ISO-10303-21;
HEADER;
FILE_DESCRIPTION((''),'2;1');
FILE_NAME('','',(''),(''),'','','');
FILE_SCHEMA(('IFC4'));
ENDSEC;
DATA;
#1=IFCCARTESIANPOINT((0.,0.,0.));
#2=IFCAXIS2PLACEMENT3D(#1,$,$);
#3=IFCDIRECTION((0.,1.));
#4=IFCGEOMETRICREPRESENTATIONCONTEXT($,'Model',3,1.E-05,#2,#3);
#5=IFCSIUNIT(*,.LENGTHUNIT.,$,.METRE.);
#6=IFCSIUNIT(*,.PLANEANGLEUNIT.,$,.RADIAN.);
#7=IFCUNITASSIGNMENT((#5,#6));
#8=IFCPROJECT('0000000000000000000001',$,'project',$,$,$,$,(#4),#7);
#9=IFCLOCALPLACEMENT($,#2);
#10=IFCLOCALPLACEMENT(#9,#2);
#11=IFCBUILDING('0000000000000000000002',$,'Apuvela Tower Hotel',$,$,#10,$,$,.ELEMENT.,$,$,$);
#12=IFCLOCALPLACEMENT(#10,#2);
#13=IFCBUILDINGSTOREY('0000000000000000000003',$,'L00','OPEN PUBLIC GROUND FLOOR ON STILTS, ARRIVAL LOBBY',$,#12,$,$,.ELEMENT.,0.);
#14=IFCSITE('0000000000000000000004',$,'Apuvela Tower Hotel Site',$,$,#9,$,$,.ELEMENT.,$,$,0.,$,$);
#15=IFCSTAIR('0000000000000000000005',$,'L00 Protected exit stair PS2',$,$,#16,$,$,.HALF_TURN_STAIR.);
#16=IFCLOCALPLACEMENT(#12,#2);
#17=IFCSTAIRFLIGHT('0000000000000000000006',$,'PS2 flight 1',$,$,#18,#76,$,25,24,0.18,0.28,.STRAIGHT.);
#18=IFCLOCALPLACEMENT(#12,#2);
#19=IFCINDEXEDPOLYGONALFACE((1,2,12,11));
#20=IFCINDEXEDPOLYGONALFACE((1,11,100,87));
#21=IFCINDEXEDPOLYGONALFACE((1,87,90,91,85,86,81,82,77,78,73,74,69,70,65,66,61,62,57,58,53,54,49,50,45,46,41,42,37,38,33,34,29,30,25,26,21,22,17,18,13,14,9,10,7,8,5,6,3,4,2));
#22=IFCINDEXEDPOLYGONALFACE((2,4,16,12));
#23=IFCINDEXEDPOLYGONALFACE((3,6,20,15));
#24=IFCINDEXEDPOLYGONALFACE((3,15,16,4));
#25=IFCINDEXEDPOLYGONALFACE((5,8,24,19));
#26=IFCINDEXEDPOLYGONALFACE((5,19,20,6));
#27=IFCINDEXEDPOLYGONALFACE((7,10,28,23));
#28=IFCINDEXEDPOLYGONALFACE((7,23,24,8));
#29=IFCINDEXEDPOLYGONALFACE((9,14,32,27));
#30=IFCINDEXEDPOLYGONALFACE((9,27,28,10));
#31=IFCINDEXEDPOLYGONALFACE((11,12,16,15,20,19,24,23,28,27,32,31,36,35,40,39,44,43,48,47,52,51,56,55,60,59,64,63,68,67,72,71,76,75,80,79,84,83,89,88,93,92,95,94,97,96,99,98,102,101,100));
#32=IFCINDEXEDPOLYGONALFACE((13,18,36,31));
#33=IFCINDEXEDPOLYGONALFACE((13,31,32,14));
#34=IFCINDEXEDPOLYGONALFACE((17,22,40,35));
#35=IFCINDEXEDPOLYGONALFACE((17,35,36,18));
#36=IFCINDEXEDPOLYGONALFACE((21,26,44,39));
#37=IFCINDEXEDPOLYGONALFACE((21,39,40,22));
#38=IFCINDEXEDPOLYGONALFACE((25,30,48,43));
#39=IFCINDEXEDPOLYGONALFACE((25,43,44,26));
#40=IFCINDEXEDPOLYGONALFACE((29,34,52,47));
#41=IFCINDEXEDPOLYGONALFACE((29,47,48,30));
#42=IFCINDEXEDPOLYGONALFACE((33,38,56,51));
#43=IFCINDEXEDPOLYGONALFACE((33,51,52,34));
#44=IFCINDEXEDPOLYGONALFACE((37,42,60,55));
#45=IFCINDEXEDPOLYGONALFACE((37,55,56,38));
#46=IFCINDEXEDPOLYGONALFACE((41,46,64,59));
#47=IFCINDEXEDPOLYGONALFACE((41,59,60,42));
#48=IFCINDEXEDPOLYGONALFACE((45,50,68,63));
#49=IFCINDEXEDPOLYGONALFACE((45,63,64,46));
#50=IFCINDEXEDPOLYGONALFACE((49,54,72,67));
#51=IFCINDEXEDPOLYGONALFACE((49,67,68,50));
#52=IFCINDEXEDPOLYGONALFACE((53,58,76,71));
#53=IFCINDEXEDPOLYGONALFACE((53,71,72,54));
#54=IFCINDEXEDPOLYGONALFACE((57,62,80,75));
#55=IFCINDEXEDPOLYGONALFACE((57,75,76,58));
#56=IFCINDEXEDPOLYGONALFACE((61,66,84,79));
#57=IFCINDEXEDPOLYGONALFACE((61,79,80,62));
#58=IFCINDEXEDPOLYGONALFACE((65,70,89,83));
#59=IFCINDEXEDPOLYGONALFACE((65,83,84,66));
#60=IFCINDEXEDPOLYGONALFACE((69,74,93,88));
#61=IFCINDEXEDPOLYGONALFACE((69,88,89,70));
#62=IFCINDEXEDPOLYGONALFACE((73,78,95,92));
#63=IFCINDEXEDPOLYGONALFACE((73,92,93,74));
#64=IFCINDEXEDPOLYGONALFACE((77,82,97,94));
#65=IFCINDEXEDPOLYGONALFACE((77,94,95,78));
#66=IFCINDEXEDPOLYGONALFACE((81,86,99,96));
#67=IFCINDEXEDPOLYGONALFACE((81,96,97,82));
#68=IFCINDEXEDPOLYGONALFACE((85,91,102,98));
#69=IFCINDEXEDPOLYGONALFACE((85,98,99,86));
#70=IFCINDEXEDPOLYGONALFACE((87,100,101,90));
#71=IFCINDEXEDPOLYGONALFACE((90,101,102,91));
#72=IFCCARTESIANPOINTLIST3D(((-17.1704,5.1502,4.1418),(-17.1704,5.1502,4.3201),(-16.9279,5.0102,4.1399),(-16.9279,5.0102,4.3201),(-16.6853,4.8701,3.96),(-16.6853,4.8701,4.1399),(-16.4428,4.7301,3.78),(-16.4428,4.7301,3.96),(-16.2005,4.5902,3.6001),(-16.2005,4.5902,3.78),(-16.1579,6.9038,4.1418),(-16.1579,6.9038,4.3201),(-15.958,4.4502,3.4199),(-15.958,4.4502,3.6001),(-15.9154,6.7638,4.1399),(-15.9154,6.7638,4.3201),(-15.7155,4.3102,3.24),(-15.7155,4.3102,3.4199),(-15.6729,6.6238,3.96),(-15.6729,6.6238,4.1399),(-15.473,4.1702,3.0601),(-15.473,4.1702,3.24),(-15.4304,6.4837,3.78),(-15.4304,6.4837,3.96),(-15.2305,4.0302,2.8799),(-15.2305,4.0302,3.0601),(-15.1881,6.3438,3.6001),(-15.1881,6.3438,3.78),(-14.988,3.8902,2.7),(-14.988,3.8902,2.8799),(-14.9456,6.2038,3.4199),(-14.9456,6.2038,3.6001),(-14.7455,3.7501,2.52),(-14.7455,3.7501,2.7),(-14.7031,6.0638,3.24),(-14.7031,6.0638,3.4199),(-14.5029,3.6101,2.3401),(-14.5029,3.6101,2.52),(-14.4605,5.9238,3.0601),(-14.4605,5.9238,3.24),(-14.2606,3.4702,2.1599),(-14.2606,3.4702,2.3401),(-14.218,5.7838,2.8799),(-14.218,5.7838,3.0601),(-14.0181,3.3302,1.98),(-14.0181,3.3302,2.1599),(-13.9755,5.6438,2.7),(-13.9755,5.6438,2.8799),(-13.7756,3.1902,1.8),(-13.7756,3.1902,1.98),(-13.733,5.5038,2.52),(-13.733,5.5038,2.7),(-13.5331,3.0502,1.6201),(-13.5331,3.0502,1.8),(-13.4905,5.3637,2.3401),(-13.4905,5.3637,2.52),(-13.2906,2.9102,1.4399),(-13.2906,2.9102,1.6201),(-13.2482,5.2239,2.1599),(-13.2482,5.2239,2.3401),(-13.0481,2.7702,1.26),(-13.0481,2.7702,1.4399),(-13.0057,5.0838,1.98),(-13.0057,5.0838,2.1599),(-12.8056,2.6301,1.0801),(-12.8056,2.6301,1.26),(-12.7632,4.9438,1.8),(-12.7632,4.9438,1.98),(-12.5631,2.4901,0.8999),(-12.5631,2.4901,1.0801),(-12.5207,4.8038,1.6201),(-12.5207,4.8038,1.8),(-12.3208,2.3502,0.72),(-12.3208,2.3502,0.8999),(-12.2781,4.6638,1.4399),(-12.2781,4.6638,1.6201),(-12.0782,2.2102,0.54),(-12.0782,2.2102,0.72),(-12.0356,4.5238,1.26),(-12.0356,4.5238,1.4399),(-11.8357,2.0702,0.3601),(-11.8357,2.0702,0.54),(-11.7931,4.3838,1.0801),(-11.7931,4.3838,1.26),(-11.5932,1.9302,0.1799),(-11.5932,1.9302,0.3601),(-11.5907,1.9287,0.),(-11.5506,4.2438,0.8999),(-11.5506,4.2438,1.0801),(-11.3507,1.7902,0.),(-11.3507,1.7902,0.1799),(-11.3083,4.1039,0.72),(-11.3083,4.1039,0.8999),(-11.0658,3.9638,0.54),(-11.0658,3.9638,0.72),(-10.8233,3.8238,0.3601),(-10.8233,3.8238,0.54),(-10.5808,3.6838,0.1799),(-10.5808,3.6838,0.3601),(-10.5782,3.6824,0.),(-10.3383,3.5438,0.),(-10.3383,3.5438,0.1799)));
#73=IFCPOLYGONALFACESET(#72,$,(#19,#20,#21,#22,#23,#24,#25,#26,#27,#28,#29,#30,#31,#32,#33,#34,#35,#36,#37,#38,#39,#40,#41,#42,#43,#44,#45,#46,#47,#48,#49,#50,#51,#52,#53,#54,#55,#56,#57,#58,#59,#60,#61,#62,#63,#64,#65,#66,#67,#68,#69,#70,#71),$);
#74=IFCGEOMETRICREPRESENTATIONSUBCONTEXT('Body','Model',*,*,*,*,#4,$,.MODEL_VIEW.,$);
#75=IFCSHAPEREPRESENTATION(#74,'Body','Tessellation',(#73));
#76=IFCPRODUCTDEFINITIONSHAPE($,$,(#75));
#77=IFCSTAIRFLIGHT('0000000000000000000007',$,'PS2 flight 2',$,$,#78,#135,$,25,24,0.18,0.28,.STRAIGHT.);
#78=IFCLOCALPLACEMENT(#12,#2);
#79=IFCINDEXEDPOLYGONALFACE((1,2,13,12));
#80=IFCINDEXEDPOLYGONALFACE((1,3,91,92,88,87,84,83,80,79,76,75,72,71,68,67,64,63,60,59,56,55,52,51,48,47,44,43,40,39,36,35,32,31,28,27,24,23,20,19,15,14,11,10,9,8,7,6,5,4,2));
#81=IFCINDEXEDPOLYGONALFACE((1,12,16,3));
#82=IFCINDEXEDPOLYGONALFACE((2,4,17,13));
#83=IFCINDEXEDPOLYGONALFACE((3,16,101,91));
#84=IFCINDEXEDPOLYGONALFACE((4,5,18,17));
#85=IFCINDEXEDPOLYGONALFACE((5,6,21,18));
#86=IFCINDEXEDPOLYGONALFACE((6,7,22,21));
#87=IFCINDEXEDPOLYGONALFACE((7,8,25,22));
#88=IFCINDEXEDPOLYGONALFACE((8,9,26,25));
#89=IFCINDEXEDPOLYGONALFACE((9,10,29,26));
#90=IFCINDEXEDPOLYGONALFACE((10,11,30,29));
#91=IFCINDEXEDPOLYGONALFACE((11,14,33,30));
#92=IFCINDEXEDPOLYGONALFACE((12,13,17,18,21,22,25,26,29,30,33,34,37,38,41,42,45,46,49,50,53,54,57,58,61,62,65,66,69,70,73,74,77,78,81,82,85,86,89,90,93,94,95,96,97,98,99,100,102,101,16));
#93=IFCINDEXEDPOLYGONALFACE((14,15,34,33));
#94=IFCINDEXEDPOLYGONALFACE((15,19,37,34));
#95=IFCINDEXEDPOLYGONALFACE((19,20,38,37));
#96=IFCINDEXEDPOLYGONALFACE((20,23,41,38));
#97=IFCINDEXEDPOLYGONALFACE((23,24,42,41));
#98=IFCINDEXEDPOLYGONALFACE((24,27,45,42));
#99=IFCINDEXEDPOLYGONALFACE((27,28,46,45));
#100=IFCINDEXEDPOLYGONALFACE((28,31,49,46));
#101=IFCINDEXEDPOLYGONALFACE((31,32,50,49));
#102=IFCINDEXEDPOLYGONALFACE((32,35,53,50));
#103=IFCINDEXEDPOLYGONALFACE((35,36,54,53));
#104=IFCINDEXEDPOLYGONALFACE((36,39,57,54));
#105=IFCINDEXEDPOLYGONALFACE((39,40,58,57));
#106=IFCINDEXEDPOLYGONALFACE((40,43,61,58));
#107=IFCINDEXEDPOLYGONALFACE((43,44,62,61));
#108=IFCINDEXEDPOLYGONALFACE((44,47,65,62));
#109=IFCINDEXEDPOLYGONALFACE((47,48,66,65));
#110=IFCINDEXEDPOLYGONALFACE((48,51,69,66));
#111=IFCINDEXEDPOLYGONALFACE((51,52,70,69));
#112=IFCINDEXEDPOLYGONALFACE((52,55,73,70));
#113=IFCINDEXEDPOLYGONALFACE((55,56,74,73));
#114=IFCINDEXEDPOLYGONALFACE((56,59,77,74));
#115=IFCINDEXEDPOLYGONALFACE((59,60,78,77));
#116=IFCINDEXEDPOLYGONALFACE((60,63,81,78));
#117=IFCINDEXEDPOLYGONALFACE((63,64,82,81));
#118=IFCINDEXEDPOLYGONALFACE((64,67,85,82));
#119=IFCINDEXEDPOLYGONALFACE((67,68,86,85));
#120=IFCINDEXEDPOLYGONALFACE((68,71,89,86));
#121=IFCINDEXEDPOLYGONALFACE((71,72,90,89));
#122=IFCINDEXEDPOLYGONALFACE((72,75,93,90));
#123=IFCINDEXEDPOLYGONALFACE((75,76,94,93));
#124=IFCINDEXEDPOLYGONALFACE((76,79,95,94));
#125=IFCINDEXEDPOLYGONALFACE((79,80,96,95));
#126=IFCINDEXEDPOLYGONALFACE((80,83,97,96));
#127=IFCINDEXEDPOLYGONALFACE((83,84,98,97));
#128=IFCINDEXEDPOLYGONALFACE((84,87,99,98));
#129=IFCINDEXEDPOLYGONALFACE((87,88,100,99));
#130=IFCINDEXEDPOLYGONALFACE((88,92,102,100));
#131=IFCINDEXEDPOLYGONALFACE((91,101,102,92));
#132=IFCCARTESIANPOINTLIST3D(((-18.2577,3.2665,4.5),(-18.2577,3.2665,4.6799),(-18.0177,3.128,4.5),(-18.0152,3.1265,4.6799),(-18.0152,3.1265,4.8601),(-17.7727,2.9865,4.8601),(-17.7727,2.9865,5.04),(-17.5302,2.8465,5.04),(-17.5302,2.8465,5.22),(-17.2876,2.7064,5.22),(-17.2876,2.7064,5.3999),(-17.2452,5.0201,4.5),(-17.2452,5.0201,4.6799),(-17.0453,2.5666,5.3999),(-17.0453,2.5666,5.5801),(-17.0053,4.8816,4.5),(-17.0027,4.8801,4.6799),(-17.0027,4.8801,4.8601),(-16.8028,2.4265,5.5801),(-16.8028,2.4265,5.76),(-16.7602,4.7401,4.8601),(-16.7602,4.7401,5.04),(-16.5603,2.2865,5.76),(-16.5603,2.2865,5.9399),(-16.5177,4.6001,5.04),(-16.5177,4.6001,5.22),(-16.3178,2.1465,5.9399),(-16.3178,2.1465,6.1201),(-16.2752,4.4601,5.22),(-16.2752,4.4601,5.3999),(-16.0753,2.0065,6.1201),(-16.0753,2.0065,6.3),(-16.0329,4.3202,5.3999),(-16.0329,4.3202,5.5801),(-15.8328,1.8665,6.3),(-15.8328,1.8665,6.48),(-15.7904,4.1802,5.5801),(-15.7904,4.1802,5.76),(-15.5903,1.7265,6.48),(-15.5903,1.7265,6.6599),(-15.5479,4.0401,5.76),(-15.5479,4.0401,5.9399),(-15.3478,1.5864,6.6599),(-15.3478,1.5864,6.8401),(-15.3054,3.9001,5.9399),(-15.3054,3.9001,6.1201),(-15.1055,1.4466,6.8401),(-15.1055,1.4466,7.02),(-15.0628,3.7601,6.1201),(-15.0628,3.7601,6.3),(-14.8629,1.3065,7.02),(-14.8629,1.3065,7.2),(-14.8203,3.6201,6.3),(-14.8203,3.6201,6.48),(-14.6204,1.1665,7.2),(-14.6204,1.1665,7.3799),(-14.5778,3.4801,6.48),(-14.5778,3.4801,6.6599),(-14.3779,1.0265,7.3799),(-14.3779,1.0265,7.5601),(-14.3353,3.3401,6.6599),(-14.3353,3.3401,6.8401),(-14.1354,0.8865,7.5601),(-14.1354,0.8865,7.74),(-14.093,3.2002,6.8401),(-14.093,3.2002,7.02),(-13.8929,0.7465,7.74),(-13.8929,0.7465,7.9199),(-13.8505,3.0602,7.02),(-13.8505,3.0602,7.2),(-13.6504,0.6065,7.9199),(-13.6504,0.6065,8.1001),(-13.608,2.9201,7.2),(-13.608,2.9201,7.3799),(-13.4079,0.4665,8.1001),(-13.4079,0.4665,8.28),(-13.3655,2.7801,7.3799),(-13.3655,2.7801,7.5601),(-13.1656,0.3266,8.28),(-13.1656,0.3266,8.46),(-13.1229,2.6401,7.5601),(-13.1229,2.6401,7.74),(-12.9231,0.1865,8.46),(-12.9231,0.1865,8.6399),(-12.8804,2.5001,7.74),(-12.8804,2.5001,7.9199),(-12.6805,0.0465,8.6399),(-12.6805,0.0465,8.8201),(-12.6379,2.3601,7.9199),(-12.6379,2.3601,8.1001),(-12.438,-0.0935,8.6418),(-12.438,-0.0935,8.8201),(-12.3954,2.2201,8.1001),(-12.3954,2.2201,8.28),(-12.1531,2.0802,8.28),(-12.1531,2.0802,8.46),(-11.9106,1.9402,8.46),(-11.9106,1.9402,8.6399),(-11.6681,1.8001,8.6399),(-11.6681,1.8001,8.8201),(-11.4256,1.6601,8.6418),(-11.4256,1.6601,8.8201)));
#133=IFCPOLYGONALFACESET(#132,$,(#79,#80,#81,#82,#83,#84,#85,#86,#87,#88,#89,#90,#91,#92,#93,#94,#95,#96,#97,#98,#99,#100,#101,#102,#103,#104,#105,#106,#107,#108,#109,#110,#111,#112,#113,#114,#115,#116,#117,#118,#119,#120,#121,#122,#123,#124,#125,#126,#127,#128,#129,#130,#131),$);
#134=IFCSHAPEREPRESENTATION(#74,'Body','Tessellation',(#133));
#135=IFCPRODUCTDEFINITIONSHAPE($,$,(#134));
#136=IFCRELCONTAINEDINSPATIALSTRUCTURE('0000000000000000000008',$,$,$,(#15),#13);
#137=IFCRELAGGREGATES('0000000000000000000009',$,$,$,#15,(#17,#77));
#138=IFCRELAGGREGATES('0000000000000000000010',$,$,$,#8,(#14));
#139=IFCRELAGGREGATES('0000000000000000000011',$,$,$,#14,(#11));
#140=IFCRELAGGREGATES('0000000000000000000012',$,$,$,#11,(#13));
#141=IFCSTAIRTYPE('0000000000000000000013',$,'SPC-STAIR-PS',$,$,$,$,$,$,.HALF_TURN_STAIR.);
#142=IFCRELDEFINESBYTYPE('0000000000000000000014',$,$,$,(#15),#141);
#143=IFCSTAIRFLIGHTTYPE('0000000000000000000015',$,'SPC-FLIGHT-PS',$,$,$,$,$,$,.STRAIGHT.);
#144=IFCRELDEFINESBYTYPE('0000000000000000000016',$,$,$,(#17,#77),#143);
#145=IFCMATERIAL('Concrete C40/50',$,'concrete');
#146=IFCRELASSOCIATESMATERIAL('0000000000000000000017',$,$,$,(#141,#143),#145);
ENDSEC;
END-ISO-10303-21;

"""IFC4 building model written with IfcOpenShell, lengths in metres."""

from ifc_helpers import new_model, si_unit, direction, frame, origin, place, context, subcontext, project, spatial, polyline, outline, extrude, material, type_object, element, aggregate, save


model = new_model("IFC4")

# Units and contexts
model_context = context("Model", 3, precision=1e-05, world=origin(), true_north=direction((0.0, 1.0)))
body_context = subcontext(model_context, "Body", "Model", "MODEL_VIEW")
ifc_project = project(units=[si_unit("LENGTHUNIT", "METRE"), si_unit("PLANEANGLEUNIT", "RADIAN")], contexts=[model_context])

# Site, building, storey
site_placement = place(None, origin())
site = spatial("IfcSite", under=ifc_project, at=site_placement, Name="Apuvela Tower Hotel Site", CompositionType="ELEMENT", RefElevation=0.0)
building_placement = place(site_placement, origin())
building = spatial("IfcBuilding", under=site, at=building_placement, Name="Apuvela Tower Hotel", CompositionType="ELEMENT")
storey_placement = place(building_placement, origin())
storey = spatial("IfcBuildingStorey", under=building, at=storey_placement, Name="L00", Description="OPEN PUBLIC GROUND FLOOR ON STILTS, ARRIVAL LOBBY", CompositionType="ELEMENT", Elevation=0.0)

# Shared definitions
ifc_material_1 = material(Name="Concrete C40/50", Category="concrete")

# Stair
stair_type_1 = type_object("IfcStairType", Name="SPC-STAIR-PS", PredefinedType="HALF_TURN_STAIR", material=ifc_material_1)
stair_1_placement = place(storey_placement, origin())
stair_1 = element("IfcStair", 1, at=stair_1_placement, inside=storey, type_object=stair_type_1, Name="L00 Protected exit stair PS2", PredefinedType="HALF_TURN_STAIR")

# Stair flights
stair_flight_type = type_object("IfcStairFlightType", Name="SPC-FLIGHT-PS", PredefinedType="STRAIGHT", material=ifc_material_1)
stair_flight_1_placement = place(storey_placement, frame((-10.8445, 2.667, 0.0), z_axis=(0.0, 0.0, 1.0), x_axis=(-0.866025, 0.5, 0.0)))
stair_flight_1 = element("IfcStairFlight", 2, at=stair_flight_1_placement, type_object=stair_flight_type, Name="PS2 flight 1", NumberOfRisers=25, NumberOfTreads=24, PredefinedType="STRAIGHT", RiserHeight=0.18, TreadLength=0.28, context=body_context, shape_type="SweptSolid", body=[
    extrude(outline(polyline([(0.0, 0.0), (0.0, 0.1799), (0.28, 0.1799), (0.28, 0.3601), (0.5601, 0.3601), (0.5601, 0.54), (0.8401, 0.54), (0.8401, 0.72), (1.1201, 0.72), (1.1201, 0.8999), (1.3999, 0.8999), (1.3999, 1.0801), (1.6799, 1.0801), (1.6799, 1.26), (1.96, 1.26), (1.96, 1.4399), (2.24, 1.4399), (2.24, 1.6201), (2.52, 1.6201), (2.52, 1.8), (2.8, 1.8), (2.8, 1.98), (3.0801, 1.98), (3.0801, 2.1599), (3.3601, 2.1599), (3.3601, 2.3401), (3.6399, 2.3401), (3.6399, 2.52), (3.9199, 2.52), (3.9199, 2.7), (4.2, 2.7), (4.2, 2.8799), (4.48, 2.8799), (4.48, 3.0601), (4.76, 3.0601), (4.76, 3.24), (5.04, 3.24), (5.04, 3.4199), (5.3201, 3.4199), (5.3201, 3.6001), (5.6001, 3.6001), (5.6001, 3.78), (5.8799, 3.78), (5.8799, 3.96), (6.1599, 3.96), (6.1599, 4.1399), (6.4399, 4.1399), (6.4399, 4.3201), (6.72, 4.3201), (6.72, 4.5), (6.72, 4.1418), (0.2771, 0.0), (0.0, 0.0)])), frame((0.0, 1.0125, 0.0), z_axis=(0.0, -1.0, 0.0), x_axis=(1.0, 0.0, 0.0)), (0.0, 0.0, 1.0), 2.0249),
])
stair_flight_2_placement = place(storey_placement, frame((-17.7515, 4.1433, 4.5), z_axis=(0.0, 0.0, 1.0), x_axis=(0.866025, -0.5, 0.0)))
stair_flight_2 = element("IfcStairFlight", 3, at=stair_flight_2_placement, type_object=stair_flight_type, Name="PS2 flight 2", NumberOfRisers=25, NumberOfTreads=24, PredefinedType="STRAIGHT", RiserHeight=0.18, TreadLength=0.28, context=body_context, shape_type="SweptSolid", body=[
    extrude(outline(polyline([(0.0, 0.0), (0.0, 0.1799), (0.28, 0.1799), (0.28, 0.3601), (0.5601, 0.3601), (0.5601, 0.54), (0.8401, 0.54), (0.8401, 0.72), (1.1201, 0.72), (1.1201, 0.8999), (1.3999, 0.8999), (1.3999, 1.0801), (1.6799, 1.0801), (1.6799, 1.26), (1.96, 1.26), (1.96, 1.4399), (2.24, 1.4399), (2.24, 1.6201), (2.52, 1.6201), (2.52, 1.8), (2.8, 1.8), (2.8, 1.98), (3.0801, 1.98), (3.0801, 2.1599), (3.3601, 2.1599), (3.3601, 2.3401), (3.6399, 2.3401), (3.6399, 2.52), (3.9199, 2.52), (3.9199, 2.7), (4.2, 2.7), (4.2, 2.8799), (4.48, 2.8799), (4.48, 3.0601), (4.76, 3.0601), (4.76, 3.24), (5.04, 3.24), (5.04, 3.4199), (5.3201, 3.4199), (5.3201, 3.6001), (5.6001, 3.6001), (5.6001, 3.78), (5.8799, 3.78), (5.8799, 3.96), (6.1599, 3.96), (6.1599, 4.1399), (6.4399, 4.1399), (6.4399, 4.3201), (6.72, 4.3201), (6.72, 4.5), (6.72, 4.1418), (0.2771, 0.0), (0.0, 0.0)])), frame((0.0, 1.0125, 0.0), z_axis=(0.0, -1.0, 0.0), x_axis=(1.0, 0.0, 0.0)), (0.0, 0.0, 1.0), 2.0249),
])
aggregate(stair_1, [stair_flight_1, stair_flight_2])

save(model, "model.ifc")
